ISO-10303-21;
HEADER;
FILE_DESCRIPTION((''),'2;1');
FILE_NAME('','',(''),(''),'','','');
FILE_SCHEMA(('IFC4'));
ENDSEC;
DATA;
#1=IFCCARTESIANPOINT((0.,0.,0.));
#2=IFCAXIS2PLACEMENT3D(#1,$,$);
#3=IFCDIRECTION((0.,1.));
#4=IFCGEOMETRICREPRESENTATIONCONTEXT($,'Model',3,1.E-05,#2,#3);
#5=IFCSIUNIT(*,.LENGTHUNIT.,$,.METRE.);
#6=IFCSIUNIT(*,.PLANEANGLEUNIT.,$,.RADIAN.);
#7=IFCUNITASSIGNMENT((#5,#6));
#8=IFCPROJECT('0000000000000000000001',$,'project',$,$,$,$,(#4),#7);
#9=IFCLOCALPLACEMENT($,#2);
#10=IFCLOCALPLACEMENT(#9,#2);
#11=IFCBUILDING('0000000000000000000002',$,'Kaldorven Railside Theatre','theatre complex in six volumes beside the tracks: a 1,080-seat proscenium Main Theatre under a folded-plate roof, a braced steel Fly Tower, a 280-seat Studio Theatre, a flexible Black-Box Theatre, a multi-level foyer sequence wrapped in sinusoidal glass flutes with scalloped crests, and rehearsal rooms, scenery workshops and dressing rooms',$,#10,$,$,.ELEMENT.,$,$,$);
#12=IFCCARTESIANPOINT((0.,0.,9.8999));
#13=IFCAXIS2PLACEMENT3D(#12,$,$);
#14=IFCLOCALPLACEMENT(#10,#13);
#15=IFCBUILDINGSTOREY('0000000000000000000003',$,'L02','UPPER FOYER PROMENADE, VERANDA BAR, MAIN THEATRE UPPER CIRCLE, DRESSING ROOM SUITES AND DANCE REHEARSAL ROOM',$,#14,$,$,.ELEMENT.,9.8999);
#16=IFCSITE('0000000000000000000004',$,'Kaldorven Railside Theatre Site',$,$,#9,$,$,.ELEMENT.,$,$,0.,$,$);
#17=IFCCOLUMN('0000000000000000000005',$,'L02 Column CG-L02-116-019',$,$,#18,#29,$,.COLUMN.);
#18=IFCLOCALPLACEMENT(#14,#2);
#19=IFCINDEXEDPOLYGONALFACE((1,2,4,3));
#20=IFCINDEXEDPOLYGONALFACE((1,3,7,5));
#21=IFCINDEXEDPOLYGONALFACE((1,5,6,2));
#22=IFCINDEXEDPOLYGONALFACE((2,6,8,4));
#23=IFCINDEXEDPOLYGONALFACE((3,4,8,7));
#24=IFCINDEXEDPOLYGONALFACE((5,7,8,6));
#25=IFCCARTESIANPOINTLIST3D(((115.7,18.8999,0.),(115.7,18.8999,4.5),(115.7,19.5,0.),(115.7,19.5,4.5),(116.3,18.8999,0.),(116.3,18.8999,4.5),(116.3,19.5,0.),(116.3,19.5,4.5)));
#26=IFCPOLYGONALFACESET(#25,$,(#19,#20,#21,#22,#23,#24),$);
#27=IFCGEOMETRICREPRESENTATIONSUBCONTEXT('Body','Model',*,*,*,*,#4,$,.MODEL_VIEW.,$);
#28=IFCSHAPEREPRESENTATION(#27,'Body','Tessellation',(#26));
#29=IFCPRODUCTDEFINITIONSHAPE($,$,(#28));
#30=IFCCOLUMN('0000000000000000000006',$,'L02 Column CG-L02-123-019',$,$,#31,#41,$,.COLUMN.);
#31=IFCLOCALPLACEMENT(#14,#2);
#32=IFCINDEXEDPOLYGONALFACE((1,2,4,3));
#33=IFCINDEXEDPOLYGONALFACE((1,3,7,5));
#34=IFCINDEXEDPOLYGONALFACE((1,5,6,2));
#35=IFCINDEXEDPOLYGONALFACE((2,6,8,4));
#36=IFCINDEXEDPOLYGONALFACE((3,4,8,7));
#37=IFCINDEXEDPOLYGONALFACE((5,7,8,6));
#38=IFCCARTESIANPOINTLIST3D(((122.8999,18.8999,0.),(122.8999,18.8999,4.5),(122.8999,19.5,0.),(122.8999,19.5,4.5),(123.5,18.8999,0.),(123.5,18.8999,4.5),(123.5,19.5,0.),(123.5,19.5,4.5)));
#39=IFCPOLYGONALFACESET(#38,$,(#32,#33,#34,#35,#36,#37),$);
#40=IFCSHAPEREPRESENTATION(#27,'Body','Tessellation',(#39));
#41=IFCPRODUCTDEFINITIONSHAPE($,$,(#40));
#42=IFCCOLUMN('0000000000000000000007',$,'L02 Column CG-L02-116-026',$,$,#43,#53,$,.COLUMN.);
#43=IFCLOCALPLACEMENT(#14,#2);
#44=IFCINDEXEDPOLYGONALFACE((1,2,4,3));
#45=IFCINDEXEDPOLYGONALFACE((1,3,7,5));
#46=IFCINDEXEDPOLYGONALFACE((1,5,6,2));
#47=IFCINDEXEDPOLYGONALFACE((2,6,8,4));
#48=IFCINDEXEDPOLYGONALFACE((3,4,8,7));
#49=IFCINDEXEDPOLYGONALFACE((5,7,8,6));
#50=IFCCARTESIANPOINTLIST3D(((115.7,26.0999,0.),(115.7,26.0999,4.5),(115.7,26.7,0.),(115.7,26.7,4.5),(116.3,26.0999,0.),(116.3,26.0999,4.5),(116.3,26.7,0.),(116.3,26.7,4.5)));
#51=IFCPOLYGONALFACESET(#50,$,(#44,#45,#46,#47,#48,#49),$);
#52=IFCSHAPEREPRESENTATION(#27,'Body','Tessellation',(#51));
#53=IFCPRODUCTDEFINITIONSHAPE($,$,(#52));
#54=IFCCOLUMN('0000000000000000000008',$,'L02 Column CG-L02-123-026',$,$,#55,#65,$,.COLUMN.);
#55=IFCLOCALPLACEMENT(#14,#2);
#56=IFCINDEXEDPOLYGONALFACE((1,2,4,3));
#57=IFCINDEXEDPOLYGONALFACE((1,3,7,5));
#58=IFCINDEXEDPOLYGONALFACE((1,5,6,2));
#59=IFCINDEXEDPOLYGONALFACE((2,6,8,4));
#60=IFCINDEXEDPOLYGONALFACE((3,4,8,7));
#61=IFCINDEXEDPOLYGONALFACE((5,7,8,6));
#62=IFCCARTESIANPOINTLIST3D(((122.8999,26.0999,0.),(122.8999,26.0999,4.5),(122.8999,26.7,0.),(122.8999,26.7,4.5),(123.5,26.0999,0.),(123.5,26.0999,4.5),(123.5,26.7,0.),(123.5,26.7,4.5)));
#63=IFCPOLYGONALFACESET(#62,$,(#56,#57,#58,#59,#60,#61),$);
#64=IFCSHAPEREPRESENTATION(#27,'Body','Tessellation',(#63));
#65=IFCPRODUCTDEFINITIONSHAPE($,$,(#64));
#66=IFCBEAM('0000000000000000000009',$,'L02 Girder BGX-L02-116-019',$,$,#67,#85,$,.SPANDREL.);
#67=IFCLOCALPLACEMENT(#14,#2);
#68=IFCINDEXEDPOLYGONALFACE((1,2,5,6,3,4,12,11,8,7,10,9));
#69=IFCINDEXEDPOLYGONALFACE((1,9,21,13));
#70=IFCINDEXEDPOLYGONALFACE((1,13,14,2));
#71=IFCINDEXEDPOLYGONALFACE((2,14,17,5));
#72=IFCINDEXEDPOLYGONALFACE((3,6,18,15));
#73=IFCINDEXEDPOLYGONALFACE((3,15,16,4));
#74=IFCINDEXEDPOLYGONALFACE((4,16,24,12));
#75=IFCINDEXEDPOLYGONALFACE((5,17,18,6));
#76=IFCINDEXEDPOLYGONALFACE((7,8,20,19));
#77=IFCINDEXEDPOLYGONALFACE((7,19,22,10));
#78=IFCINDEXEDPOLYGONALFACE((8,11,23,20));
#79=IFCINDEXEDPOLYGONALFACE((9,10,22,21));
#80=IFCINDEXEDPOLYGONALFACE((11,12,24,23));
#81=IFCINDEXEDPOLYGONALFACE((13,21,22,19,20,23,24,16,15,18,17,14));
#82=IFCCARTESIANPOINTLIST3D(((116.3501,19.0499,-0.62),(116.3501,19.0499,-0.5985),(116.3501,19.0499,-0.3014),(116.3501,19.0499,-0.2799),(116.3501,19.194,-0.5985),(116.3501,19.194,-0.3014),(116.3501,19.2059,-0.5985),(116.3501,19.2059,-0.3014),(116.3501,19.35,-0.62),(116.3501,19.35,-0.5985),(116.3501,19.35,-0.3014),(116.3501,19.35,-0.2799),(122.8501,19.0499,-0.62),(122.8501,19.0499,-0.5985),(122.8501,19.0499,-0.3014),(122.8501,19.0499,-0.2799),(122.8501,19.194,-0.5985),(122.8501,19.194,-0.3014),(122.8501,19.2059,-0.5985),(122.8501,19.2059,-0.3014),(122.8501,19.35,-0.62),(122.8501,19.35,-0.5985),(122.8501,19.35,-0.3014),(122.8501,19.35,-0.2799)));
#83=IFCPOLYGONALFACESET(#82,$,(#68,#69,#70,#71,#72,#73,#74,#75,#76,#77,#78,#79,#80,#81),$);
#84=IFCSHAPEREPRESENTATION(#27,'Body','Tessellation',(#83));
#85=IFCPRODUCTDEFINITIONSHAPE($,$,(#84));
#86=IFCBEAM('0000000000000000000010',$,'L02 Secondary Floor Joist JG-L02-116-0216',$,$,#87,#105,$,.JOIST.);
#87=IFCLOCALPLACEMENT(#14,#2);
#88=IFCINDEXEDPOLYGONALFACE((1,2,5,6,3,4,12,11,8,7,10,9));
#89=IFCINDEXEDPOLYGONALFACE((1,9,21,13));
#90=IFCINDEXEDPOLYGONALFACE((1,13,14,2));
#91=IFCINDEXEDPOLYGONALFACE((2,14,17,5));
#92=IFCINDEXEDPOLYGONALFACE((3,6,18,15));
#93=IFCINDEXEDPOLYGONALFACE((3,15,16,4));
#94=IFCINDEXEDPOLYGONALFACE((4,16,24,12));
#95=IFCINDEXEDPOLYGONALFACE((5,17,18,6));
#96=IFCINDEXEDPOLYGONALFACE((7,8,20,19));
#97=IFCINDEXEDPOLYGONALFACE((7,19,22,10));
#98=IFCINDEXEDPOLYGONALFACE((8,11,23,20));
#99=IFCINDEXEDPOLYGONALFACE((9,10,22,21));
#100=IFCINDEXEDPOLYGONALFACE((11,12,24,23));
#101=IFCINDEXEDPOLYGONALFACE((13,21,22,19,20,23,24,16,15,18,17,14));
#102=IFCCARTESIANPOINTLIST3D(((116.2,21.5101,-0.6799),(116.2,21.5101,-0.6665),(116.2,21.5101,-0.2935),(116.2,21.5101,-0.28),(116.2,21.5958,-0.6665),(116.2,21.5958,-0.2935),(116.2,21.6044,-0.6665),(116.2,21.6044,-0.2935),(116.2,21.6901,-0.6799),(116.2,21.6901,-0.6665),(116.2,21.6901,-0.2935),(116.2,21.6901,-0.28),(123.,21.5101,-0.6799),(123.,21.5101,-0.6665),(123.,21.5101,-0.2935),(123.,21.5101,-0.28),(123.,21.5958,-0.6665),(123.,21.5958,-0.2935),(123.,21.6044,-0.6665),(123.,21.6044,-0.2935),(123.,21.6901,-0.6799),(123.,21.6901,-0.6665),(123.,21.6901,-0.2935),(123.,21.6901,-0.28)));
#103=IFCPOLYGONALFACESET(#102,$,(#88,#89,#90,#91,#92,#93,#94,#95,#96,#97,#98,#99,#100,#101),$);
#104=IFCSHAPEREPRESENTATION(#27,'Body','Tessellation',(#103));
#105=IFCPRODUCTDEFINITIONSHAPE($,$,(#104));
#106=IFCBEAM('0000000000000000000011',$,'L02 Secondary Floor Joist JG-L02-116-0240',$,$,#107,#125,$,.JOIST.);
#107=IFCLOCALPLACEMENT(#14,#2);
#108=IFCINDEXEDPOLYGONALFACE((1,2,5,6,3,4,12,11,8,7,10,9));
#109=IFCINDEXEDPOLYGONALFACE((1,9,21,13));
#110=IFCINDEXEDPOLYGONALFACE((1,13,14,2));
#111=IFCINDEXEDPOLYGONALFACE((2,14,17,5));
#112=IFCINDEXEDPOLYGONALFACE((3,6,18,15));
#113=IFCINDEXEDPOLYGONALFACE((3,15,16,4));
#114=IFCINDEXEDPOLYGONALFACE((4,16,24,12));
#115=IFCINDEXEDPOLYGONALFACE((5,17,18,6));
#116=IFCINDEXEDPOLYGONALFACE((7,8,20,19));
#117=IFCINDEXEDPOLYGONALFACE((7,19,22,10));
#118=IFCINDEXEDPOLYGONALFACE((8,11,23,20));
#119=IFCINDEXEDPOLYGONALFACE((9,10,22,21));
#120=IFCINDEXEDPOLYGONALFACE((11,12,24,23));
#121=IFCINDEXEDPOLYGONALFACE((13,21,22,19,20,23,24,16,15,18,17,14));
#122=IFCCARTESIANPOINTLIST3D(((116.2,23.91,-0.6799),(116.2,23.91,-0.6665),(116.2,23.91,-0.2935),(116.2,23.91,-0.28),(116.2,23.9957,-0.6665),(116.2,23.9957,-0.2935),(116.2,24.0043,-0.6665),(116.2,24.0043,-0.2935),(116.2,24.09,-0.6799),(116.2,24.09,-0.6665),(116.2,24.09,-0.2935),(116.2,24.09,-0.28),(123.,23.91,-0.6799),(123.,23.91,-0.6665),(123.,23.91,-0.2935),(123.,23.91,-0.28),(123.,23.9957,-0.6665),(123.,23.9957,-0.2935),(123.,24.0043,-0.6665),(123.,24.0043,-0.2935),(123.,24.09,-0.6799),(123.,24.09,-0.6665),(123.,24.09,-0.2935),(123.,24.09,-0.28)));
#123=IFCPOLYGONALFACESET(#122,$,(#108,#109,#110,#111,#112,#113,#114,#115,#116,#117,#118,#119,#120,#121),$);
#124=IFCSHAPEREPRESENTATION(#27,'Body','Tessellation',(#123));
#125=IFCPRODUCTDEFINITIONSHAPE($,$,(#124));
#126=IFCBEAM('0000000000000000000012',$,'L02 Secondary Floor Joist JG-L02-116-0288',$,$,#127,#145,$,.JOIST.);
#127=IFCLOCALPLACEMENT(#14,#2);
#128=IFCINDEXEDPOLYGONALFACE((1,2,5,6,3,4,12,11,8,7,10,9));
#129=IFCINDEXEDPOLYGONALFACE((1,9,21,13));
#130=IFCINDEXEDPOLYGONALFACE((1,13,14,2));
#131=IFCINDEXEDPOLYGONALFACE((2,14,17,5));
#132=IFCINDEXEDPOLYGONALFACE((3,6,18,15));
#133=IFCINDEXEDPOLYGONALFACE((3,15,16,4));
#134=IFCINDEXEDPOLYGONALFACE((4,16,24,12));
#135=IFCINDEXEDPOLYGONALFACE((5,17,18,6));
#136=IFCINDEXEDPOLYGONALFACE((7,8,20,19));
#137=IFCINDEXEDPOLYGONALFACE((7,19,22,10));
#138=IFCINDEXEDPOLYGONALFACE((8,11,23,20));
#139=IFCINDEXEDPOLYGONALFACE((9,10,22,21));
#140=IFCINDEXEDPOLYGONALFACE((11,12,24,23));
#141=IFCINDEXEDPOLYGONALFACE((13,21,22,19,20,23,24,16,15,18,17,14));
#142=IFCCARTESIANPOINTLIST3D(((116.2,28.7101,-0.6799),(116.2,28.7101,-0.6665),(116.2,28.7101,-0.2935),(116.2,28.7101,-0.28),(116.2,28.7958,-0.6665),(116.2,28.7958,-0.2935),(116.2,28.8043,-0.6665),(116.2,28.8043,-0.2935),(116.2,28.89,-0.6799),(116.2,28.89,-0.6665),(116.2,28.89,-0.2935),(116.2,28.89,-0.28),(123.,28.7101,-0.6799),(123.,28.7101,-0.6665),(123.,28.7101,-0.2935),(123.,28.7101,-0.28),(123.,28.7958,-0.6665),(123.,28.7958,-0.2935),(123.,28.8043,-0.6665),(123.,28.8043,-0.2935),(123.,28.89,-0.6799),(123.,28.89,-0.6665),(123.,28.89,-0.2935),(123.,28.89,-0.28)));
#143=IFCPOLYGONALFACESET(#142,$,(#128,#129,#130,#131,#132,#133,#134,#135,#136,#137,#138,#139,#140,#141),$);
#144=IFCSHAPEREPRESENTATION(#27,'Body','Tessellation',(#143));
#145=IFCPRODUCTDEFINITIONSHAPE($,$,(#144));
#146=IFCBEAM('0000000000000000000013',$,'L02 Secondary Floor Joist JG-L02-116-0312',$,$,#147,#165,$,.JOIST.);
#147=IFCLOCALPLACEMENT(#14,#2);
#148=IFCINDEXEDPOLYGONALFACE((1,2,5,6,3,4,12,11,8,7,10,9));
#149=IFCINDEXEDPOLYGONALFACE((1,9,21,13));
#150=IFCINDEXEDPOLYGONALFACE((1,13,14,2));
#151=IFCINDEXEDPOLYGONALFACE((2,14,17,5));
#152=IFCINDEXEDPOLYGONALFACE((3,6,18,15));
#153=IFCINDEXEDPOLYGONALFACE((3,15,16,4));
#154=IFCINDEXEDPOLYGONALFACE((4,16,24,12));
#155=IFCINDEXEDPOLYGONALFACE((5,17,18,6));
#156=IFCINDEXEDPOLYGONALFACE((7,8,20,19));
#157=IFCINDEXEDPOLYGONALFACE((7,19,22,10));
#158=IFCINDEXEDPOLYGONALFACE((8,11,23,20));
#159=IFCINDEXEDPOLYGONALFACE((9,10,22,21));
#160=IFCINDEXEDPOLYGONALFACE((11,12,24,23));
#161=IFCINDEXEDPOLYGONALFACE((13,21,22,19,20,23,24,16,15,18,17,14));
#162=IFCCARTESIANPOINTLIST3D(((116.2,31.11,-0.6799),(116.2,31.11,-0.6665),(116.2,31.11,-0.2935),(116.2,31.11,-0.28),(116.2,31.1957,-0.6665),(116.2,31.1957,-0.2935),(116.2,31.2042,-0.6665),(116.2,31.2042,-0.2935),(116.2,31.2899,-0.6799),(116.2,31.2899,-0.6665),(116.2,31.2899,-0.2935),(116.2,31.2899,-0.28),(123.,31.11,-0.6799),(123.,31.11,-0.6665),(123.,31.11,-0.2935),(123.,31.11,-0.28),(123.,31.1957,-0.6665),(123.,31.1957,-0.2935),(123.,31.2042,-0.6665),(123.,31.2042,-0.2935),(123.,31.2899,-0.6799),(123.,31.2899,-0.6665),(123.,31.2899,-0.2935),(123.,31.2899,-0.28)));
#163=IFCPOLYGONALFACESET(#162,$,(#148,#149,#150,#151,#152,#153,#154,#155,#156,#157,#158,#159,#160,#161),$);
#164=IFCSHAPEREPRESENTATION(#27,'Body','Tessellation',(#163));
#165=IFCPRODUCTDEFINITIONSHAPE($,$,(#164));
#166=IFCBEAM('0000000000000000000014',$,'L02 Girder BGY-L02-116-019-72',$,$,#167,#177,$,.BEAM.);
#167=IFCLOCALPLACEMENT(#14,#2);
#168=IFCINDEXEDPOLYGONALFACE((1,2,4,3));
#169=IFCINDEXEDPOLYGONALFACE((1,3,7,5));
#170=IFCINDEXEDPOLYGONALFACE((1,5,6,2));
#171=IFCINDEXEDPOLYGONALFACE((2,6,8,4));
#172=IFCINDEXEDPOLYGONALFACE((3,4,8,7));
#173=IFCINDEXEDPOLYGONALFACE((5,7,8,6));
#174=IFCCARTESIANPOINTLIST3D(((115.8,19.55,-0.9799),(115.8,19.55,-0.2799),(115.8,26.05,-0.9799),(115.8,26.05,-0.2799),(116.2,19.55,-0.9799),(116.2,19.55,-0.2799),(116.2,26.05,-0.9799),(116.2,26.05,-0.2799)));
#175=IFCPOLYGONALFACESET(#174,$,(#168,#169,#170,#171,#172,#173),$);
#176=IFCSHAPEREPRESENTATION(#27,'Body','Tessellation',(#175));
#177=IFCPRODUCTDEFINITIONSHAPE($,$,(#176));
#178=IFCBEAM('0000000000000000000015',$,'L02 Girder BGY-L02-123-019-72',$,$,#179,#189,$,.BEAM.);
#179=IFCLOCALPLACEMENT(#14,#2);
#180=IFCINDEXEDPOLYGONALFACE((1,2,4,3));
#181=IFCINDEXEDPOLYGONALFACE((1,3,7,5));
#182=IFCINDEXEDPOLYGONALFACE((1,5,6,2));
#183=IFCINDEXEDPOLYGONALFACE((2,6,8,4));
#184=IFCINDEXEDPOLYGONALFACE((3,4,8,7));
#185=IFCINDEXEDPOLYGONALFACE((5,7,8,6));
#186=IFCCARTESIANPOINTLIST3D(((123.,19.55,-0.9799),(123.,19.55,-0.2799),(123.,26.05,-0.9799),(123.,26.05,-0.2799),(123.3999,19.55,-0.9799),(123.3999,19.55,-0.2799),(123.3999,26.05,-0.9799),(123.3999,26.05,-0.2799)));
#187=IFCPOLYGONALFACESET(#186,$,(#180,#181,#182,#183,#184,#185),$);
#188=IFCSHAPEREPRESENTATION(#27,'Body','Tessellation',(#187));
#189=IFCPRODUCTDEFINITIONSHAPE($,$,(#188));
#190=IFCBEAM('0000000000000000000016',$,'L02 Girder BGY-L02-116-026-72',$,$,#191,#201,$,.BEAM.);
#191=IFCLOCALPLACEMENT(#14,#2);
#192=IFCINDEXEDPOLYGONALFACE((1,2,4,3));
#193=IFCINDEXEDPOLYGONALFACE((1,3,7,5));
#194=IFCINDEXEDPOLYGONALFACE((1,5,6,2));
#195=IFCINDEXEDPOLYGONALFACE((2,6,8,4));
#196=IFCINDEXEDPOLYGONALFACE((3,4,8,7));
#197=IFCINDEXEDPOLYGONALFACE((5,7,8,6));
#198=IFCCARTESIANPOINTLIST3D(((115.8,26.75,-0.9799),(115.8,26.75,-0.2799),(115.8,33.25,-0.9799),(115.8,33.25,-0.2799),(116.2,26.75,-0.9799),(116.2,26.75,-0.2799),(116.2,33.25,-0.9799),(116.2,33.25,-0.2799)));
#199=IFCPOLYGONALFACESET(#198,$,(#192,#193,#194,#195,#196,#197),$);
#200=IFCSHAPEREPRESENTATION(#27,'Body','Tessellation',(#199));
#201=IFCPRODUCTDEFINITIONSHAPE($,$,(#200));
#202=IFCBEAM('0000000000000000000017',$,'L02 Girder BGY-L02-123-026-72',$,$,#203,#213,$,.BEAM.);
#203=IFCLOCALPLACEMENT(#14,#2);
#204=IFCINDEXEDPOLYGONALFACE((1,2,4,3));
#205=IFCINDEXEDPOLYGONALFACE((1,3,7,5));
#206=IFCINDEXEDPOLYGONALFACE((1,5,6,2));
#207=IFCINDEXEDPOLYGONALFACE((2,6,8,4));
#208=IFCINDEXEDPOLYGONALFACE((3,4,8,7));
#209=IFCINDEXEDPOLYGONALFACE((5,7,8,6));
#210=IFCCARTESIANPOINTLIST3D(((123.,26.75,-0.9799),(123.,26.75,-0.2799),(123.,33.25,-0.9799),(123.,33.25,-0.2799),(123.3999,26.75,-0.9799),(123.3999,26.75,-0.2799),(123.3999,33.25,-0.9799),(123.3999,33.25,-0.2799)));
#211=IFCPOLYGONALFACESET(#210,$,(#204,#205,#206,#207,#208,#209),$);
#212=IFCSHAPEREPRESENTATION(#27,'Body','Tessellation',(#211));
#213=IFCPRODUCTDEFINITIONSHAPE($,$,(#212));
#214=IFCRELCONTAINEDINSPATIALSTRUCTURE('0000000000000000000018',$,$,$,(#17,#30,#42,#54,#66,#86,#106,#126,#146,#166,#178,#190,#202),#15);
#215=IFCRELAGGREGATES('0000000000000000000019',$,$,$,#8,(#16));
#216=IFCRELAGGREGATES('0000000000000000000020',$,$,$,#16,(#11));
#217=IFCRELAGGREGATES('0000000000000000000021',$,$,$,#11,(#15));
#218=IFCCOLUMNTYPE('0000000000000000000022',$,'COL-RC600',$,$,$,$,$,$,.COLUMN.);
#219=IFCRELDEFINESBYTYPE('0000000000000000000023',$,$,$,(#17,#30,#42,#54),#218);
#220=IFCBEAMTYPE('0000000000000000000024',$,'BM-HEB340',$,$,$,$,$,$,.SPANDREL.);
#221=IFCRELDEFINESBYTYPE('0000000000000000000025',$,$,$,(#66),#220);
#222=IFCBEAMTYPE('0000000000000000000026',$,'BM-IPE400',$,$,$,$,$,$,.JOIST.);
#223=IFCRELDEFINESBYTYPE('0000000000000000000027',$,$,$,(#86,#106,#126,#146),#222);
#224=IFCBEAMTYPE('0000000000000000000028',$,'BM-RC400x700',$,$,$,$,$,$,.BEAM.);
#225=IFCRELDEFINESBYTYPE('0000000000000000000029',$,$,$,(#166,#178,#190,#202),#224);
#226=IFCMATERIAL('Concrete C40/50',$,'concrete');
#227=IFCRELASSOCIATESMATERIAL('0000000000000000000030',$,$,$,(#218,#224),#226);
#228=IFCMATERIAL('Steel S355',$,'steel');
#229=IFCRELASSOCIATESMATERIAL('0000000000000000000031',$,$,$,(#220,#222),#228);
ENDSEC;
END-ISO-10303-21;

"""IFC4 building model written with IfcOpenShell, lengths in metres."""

from ifc_helpers import new_model, si_unit, direction, frame, origin, origin_2d, place, context, subcontext, project, spatial, rectangle, i_section, extrude, material, material_profile, profile_set, type_object, element, save


model = new_model("IFC4")

# Units and contexts
model_context = context("Model", 3, precision=1e-05, world=origin(), true_north=direction((0.0, 1.0)))
body_context = subcontext(model_context, "Body", "Model", "MODEL_VIEW")
ifc_project = project(units=[si_unit("LENGTHUNIT", "METRE"), si_unit("PLANEANGLEUNIT", "RADIAN")], contexts=[model_context])

# Site, building, storey
site_placement = place(None, origin())
site = spatial("IfcSite", under=ifc_project, at=site_placement, Name="Kaldorven Railside Theatre Site", CompositionType="ELEMENT", RefElevation=0.0)
building_placement = place(site_placement, origin())
building = spatial("IfcBuilding", under=site, at=building_placement, Name="Kaldorven Railside Theatre", Description="theatre complex in six volumes beside the tracks: a 1,080-seat proscenium Main Theatre under a folded-plate roof, a braced steel Fly Tower, a 280-seat Studio Theatre, a flexible Black-Box Theatre, a multi-level foyer sequence wrapped in sinusoidal glass flutes with scalloped crests, and rehearsal rooms, scenery workshops and dressing rooms", CompositionType="ELEMENT")
storey_placement = place(building_placement, frame((0.0, 0.0, 9.8999)))
storey = spatial("IfcBuildingStorey", under=building, at=storey_placement, Name="L02", Description="UPPER FOYER PROMENADE, VERANDA BAR, MAIN THEATRE UPPER CIRCLE, DRESSING ROOM SUITES AND DANCE REHEARSAL ROOM", CompositionType="ELEMENT", Elevation=9.8999)

# Columns
ifc_material_1 = material(Name="Concrete C40/50", Category="concrete")
ifc_material_profile_1 = material_profile(ifc_material_1, rectangle(XDim=0.6001, YDim=0.6001, at=origin_2d()), Name="RC 600x600")
ifc_profile_set_1 = profile_set([ifc_material_profile_1], Name="Concrete C40/50")
column_type = type_object("IfcColumnType", Name="COL-RC600", PredefinedType="COLUMN", material=ifc_profile_set_1)
for number, where, z_axis, x_axis, name in (
    (1, (116.0, 19.2, 0.0), (0.0, 0.0, 1.0), (0.0, 1.0, 0.0), "L02 Column CG-L02-116-019"),
    (2, (123.2, 19.2, 0.0), (0.0, 0.0, 1.0), (1.0, 0.0, 0.0), "L02 Column CG-L02-123-019"),
    (3, (116.0, 26.3999, 0.0), (0.0, 0.0, 1.0), (1.0, 0.0, 0.0), "L02 Column CG-L02-116-026"),
    (4, (123.2, 26.3999, 0.0), (0.0, 0.0, 1.0), (0.0, 1.0, 0.0), "L02 Column CG-L02-123-026"),
):
    element("IfcColumn", number, at=place(storey_placement, frame(where, z_axis=z_axis, x_axis=x_axis)), inside=storey, type_object=column_type, Name=name, PredefinedType="COLUMN", context=body_context, shape_type="SweptSolid", body=[
        extrude(rectangle(XDim=0.6001, YDim=0.6001, at=origin_2d()), origin(), (0.0, 0.0, 1.0), 4.5),
    ])

# Beams
ifc_material_2 = material(Name="Steel S355", Category="steel")
ifc_material_profile_2 = material_profile(ifc_material_2, i_section(OverallWidth=0.3, OverallDepth=0.3401, WebThickness=0.012, FlangeThickness=0.0215, at=origin_2d()), Name="HEB 340")
ifc_profile_set_2 = profile_set([ifc_material_profile_2], Name="Steel S355")
beam_type_1 = type_object("IfcBeamType", Name="BM-HEB340", PredefinedType="SPANDREL", material=ifc_profile_set_2)
beam_1_placement = place(storey_placement, frame((116.3501, 19.2, -0.45), z_axis=(1.0, 0.0, 0.0), x_axis=(0.0, 1.0, 0.0)))
element("IfcBeam", 5, at=beam_1_placement, inside=storey, type_object=beam_type_1, Name="L02 Girder BGX-L02-116-019", PredefinedType="SPANDREL", context=body_context, shape_type="SweptSolid", body=[
    extrude(i_section(OverallWidth=0.3, OverallDepth=0.3401, WebThickness=0.012, FlangeThickness=0.0215, at=origin_2d()), origin(), (0.0, 0.0, 1.0), 6.5),
])
ifc_material_profile_3 = material_profile(ifc_material_2, i_section(OverallWidth=0.1799, OverallDepth=0.3999, WebThickness=0.0085, FlangeThickness=0.0134, at=origin_2d()), Name="IPE 400")
ifc_profile_set_3 = profile_set([ifc_material_profile_3], Name="Steel S355")
beam_type_2 = type_object("IfcBeamType", Name="BM-IPE400", PredefinedType="JOIST", material=ifc_profile_set_3)
for number, where, z_axis, x_axis, name in (
    (6, (116.2, 21.6001, -0.48), (1.0, 0.0, 0.0), (0.0, 1.0, 0.0), "L02 Secondary Floor Joist JG-L02-116-0216"),
    (7, (116.2, 24.0, -0.48), (1.0, 0.0, 0.0), (0.0, 1.0, 0.0), "L02 Secondary Floor Joist JG-L02-116-0240"),
    (8, (116.2, 28.8, -0.48), (1.0, 0.0, 0.0), (0.0, 1.0, 0.0), "L02 Secondary Floor Joist JG-L02-116-0288"),
    (9, (116.2, 31.2, -0.48), (1.0, 0.0, 0.0), (0.0, 1.0, 0.0), "L02 Secondary Floor Joist JG-L02-116-0312"),
):
    element("IfcBeam", number, at=place(storey_placement, frame(where, z_axis=z_axis, x_axis=x_axis)), inside=storey, type_object=beam_type_2, Name=name, PredefinedType="JOIST", context=body_context, shape_type="SweptSolid", body=[
        extrude(i_section(OverallWidth=0.1799, OverallDepth=0.3999, WebThickness=0.0085, FlangeThickness=0.0134, at=origin_2d()), origin(), (0.0, 0.0, 1.0), 6.8),
    ])
ifc_material_profile_4 = material_profile(ifc_material_1, rectangle(XDim=0.3999, YDim=0.7, at=origin_2d()), Name="RC 400x700")
ifc_profile_set_4 = profile_set([ifc_material_profile_4], Name="Concrete C40/50")
beam_type_3 = type_object("IfcBeamType", Name="BM-RC400x700", PredefinedType="BEAM", material=ifc_profile_set_4)
for number, where, z_axis, x_axis, name in (
    (10, (116.0, 19.55, -0.6299), (0.0, 1.0, 0.0), (-1.0, 0.0, 0.0), "L02 Girder BGY-L02-116-019-72"),
    (11, (123.2, 19.55, -0.6299), (0.0, 1.0, 0.0), (-1.0, 0.0, 0.0), "L02 Girder BGY-L02-123-019-72"),
    (12, (116.0, 26.75, -0.6299), (0.0, 1.0, 0.0), (-1.0, 0.0, 0.0), "L02 Girder BGY-L02-116-026-72"),
    (13, (123.2, 26.75, -0.6299), (0.0, 1.0, 0.0), (-1.0, 0.0, 0.0), "L02 Girder BGY-L02-123-026-72"),
):
    element("IfcBeam", number, at=place(storey_placement, frame(where, z_axis=z_axis, x_axis=x_axis)), inside=storey, type_object=beam_type_3, Name=name, PredefinedType="BEAM", context=body_context, shape_type="SweptSolid", body=[
        extrude(rectangle(XDim=0.3999, YDim=0.7, at=origin_2d()), origin(), (0.0, 0.0, 1.0), 6.5),
    ])

save(model, "model.ifc")
